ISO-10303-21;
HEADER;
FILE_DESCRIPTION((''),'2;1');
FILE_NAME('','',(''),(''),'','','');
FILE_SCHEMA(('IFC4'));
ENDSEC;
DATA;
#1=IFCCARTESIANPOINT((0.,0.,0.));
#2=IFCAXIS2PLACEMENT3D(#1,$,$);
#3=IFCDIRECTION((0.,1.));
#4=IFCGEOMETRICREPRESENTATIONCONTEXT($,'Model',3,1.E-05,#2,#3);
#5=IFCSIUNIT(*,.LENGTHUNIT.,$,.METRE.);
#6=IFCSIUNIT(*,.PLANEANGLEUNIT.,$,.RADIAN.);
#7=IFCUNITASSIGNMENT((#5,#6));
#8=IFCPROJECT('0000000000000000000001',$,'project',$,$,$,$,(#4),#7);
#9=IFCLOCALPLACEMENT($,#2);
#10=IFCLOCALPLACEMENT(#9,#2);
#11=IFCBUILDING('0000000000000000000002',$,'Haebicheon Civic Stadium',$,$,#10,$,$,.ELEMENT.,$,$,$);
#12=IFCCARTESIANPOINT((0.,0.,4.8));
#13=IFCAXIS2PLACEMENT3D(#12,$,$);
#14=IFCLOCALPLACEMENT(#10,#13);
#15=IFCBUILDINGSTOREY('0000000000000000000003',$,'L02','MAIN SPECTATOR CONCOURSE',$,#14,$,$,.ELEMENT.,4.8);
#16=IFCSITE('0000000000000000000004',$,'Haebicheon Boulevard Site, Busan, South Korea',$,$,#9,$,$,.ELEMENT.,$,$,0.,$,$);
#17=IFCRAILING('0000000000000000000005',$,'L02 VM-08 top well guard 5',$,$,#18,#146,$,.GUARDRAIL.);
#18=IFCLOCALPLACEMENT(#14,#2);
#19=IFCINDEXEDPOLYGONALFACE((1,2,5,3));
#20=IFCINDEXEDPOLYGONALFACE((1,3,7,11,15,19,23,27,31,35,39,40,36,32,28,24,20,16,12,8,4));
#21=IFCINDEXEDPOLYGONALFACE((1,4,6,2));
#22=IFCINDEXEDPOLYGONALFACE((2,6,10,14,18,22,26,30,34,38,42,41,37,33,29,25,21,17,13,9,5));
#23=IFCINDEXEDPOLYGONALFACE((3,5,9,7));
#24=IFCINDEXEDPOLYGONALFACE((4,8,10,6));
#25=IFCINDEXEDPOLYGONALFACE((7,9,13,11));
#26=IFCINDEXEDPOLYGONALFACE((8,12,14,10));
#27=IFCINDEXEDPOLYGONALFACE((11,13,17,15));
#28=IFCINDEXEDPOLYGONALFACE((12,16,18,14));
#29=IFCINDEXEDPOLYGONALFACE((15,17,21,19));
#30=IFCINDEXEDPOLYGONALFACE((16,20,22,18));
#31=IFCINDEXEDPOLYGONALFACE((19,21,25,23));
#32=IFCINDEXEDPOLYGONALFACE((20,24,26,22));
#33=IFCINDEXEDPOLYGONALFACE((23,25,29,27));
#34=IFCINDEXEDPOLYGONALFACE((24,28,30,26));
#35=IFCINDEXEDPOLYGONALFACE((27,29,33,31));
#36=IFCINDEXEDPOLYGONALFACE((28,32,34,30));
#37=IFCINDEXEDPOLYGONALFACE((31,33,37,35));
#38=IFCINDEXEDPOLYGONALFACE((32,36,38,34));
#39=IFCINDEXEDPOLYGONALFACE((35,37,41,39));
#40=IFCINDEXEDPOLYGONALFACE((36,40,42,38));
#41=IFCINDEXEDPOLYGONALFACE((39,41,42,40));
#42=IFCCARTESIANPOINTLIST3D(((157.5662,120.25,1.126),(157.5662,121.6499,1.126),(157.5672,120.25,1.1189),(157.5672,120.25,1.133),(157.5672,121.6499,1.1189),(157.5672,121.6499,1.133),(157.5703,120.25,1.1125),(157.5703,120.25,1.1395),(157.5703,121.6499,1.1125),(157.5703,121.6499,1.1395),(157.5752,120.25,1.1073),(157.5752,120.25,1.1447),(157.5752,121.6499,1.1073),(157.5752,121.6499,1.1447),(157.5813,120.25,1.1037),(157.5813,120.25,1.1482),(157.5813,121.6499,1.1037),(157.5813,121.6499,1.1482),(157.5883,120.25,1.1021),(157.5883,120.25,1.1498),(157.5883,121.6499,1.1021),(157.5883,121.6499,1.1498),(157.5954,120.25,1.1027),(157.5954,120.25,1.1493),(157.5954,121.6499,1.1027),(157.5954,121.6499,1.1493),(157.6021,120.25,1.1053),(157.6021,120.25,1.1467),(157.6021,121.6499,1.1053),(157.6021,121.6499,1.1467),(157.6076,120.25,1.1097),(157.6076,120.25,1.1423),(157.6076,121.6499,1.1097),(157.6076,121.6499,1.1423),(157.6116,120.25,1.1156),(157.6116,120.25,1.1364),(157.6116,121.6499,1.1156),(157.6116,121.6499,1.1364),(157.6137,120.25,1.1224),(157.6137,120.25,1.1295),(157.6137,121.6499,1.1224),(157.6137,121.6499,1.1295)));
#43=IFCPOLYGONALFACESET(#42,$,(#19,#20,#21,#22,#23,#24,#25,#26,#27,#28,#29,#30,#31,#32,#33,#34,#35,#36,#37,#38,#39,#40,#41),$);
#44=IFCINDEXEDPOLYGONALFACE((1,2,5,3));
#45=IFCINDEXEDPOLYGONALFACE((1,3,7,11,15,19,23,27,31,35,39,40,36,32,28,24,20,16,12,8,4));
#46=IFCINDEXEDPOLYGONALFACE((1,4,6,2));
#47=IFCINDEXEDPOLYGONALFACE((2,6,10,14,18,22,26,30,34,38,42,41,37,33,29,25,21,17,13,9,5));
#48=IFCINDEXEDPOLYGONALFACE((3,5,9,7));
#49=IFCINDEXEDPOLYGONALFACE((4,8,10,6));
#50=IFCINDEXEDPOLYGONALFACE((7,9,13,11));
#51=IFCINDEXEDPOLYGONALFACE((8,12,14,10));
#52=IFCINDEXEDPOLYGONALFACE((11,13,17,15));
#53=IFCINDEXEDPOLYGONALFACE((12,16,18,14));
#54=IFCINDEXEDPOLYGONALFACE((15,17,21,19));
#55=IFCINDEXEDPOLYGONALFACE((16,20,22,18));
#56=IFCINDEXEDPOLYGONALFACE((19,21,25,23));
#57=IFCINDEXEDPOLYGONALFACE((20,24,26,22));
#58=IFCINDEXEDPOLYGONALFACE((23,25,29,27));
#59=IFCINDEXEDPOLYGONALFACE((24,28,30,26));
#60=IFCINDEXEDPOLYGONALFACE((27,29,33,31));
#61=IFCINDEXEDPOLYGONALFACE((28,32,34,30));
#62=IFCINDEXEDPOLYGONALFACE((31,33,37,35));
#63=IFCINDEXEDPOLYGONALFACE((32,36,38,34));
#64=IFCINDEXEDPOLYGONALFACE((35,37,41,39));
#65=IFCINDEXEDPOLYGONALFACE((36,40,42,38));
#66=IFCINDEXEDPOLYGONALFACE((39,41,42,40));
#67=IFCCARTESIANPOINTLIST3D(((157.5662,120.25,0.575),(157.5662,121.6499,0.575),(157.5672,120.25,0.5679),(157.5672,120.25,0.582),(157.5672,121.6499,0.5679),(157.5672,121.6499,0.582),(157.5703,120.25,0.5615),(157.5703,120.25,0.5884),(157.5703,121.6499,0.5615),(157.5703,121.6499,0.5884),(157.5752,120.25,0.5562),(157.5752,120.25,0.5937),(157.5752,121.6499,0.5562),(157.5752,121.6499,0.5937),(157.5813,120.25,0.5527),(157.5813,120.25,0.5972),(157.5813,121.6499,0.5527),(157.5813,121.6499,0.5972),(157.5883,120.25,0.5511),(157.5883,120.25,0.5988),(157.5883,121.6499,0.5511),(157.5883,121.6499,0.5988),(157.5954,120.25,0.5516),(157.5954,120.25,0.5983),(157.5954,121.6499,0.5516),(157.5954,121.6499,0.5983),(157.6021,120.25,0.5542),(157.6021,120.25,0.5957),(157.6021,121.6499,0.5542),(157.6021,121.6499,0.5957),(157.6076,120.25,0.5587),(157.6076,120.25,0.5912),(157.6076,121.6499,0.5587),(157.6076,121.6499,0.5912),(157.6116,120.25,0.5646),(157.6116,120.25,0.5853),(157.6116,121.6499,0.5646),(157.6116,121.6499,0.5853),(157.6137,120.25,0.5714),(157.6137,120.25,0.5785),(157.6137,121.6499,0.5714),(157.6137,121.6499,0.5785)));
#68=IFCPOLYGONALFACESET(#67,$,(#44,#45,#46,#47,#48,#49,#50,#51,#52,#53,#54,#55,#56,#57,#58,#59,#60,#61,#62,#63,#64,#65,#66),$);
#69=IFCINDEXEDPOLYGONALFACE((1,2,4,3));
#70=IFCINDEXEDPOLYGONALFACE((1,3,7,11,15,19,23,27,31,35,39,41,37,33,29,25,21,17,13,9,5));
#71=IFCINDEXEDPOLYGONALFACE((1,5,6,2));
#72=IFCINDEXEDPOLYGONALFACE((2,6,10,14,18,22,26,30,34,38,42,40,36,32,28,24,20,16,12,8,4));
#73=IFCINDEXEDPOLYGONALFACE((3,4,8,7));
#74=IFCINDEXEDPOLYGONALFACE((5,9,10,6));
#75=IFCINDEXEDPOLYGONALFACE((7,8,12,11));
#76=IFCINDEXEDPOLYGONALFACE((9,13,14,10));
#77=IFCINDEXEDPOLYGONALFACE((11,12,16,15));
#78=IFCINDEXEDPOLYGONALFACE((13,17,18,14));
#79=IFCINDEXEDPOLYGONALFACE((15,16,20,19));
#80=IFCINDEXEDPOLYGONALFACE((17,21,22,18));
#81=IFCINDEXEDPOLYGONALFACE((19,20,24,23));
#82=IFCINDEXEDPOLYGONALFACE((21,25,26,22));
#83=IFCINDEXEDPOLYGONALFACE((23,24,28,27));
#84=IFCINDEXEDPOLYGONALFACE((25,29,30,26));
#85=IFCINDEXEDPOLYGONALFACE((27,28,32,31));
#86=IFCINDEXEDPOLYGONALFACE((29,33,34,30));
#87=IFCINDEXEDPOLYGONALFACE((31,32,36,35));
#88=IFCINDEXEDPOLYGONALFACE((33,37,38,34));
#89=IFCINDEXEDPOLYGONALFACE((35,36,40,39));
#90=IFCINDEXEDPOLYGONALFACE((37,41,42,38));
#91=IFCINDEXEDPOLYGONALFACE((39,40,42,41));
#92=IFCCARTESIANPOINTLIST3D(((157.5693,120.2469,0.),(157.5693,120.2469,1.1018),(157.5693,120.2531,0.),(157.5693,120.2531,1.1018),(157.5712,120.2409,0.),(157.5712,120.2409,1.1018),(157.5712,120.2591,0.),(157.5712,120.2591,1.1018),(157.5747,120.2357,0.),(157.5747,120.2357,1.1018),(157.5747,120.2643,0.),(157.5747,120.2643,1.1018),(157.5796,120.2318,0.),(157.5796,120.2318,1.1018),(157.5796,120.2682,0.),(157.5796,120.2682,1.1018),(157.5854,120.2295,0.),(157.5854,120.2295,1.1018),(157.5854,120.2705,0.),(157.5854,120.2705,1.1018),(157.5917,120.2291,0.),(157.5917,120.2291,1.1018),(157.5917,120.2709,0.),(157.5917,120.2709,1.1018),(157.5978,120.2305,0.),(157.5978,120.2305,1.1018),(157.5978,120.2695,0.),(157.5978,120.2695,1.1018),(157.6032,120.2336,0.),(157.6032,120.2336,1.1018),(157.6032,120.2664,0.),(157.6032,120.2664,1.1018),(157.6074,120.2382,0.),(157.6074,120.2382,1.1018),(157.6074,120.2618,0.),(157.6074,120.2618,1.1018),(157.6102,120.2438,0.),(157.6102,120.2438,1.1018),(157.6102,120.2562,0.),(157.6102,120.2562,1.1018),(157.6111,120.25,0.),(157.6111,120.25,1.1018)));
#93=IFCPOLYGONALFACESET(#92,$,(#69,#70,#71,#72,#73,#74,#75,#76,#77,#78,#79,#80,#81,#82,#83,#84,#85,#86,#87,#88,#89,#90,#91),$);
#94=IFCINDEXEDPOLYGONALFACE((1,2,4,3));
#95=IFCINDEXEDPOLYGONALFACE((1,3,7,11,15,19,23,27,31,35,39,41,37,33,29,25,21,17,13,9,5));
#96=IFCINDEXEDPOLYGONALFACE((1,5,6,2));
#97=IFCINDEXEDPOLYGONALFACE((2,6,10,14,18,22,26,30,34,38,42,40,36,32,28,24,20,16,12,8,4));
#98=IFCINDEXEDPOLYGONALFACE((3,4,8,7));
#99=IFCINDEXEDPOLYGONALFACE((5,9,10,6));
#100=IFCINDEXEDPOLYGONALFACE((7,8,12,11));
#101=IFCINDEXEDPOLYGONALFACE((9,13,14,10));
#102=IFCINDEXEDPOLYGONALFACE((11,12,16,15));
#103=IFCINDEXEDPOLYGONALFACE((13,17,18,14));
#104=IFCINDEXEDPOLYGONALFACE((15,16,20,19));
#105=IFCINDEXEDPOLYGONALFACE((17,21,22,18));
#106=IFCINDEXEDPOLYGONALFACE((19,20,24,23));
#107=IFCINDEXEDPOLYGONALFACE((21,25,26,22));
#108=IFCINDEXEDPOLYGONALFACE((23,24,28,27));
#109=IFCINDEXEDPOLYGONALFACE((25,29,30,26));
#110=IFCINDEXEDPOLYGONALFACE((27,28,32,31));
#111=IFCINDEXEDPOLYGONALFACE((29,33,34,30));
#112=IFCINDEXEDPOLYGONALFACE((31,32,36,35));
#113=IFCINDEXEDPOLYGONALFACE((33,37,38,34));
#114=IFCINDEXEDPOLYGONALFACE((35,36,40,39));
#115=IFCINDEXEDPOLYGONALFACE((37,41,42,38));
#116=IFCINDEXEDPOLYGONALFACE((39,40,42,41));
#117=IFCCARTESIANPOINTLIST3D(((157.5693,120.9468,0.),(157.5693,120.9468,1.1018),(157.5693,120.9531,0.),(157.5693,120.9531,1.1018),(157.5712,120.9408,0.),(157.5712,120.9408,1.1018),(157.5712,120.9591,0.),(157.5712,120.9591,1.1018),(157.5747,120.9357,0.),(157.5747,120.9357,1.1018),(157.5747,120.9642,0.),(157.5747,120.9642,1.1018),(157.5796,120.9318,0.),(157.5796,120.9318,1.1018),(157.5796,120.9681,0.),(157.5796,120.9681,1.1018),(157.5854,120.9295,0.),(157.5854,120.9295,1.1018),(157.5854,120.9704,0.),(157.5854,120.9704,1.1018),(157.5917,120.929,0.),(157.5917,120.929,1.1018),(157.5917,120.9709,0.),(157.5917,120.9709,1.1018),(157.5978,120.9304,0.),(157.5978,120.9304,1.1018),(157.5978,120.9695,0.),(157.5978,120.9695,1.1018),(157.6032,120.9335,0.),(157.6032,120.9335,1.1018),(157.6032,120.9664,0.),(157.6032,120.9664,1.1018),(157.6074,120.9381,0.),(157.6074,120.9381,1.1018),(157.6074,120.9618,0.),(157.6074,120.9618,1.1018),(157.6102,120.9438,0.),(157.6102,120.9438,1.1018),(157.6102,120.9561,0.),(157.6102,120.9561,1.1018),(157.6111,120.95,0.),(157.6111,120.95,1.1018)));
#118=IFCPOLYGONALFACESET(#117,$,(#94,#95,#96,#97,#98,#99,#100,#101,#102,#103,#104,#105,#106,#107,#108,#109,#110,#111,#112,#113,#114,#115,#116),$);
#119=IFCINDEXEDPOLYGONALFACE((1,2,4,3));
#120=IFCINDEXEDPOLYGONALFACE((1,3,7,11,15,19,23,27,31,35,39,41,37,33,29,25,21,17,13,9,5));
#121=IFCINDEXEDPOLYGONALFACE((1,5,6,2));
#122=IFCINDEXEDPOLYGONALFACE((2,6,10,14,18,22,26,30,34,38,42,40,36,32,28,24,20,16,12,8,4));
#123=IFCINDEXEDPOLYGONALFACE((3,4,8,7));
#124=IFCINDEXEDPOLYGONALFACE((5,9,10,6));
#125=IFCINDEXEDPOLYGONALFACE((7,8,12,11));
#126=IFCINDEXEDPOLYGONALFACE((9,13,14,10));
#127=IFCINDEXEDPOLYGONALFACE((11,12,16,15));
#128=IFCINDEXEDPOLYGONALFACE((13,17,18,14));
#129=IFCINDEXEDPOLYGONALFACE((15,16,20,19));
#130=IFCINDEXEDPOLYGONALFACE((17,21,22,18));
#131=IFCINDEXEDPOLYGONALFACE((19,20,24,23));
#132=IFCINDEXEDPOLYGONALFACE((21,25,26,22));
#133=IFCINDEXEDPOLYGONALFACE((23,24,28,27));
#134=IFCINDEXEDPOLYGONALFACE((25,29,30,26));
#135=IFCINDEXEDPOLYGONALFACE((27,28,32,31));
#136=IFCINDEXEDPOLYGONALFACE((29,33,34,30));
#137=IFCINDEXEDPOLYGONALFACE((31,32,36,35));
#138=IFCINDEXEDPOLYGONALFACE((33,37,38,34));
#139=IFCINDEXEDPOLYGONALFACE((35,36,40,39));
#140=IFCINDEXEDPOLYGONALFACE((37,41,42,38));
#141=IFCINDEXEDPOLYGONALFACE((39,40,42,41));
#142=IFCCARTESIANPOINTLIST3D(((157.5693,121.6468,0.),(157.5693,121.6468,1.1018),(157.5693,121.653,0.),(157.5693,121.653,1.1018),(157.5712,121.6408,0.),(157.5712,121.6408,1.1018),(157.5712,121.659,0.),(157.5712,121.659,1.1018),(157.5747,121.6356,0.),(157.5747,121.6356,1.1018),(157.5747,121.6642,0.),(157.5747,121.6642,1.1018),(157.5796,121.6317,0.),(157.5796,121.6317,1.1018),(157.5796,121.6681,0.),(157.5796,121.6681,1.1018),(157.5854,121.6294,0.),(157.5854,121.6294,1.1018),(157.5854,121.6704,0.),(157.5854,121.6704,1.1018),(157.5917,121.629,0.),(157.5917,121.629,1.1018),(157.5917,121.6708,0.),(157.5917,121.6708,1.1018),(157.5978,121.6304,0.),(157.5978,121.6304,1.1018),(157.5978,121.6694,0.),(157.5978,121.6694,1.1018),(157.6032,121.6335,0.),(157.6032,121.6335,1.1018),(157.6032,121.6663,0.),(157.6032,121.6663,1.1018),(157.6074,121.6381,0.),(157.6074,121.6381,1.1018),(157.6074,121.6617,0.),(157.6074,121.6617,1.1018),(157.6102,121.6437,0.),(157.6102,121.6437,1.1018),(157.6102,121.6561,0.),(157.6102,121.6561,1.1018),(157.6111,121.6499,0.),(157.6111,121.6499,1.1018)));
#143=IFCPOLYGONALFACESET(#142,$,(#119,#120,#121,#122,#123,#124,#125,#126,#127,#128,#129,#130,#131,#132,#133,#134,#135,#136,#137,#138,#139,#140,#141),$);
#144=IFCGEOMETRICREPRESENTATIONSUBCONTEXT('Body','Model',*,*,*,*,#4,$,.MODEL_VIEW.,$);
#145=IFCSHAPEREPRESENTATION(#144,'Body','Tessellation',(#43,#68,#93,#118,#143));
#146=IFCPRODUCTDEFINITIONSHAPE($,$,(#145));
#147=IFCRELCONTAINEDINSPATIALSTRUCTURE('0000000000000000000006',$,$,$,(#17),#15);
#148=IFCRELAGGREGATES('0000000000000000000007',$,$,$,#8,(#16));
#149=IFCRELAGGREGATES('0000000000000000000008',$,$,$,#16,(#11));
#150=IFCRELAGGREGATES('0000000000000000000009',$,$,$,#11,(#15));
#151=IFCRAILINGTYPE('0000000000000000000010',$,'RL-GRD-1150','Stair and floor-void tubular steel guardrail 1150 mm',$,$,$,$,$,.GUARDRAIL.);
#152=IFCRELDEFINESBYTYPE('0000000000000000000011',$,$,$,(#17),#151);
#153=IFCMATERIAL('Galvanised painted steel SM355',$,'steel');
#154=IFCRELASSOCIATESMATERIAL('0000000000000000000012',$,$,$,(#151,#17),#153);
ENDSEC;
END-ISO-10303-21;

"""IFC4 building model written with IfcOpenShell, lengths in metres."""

from ifc_helpers import new_model, si_unit, direction, frame, origin, origin_2d, place, context, subcontext, project, spatial, circle, extrude, material, type_object, element, save


model = new_model("IFC4")

# Units and contexts
model_context = context("Model", 3, precision=1e-05, world=origin(), true_north=direction((0.0, 1.0)))
body_context = subcontext(model_context, "Body", "Model", "MODEL_VIEW")
ifc_project = project(units=[si_unit("LENGTHUNIT", "METRE"), si_unit("PLANEANGLEUNIT", "RADIAN")], contexts=[model_context])

# Site, building, storey
site_placement = place(None, origin())
site = spatial("IfcSite", under=ifc_project, at=site_placement, Name="Haebicheon Boulevard Site, Busan, South Korea", CompositionType="ELEMENT", RefElevation=0.0)
building_placement = place(site_placement, origin())
building = spatial("IfcBuilding", under=site, at=building_placement, Name="Haebicheon Civic Stadium", CompositionType="ELEMENT")
storey_placement = place(building_placement, frame((0.0, 0.0, 4.8)))
storey = spatial("IfcBuildingStorey", under=building, at=storey_placement, Name="L02", Description="MAIN SPECTATOR CONCOURSE", CompositionType="ELEMENT", Elevation=4.8)

# Railing
ifc_material_1 = material(Name="Galvanised painted steel SM355", Category="steel")
railing_type_1 = type_object("IfcRailingType", Name="RL-GRD-1150", Description="Stair and floor-void tubular steel guardrail 1150 mm", PredefinedType="GUARDRAIL", material=ifc_material_1)
for number, where, name in (
    (1, (157.5901, 120.25, 0.0), "L02 VM-08 top well guard 5"),
):
    element("IfcRailing", number, at=place(storey_placement, frame(where)), inside=storey, type_object=railing_type_1, material=ifc_material_1, Name=name, PredefinedType="GUARDRAIL", context=body_context, shape_type="SweptSolid", body=[
        extrude(circle(Radius=0.0239, at=origin_2d()), frame((0.0, 0.0, 1.126), z_axis=(0.0, 1.0, 0.0), x_axis=(-1.0, 0.0, 0.0)), (0.0, 0.0, 1.0), 1.3999),
        extrude(circle(Radius=0.0239, at=origin_2d()), frame((0.0, 0.0, 0.575), z_axis=(0.0, 1.0, 0.0), x_axis=(-1.0, 0.0, 0.0)), (0.0, 0.0, 1.0), 1.3999),
        extrude(circle(Radius=0.021, at=origin_2d()), origin(), (0.0, 0.0, 1.0), 1.1018),
        extrude(circle(Radius=0.021, at=origin_2d()), frame((0.0, 0.7, 0.0)), (0.0, 0.0, 1.0), 1.1018),
        extrude(circle(Radius=0.021, at=origin_2d()), frame((0.0, 1.3999, 0.0)), (0.0, 0.0, 1.0), 1.1018),
    ])

save(model, "model.ifc")
